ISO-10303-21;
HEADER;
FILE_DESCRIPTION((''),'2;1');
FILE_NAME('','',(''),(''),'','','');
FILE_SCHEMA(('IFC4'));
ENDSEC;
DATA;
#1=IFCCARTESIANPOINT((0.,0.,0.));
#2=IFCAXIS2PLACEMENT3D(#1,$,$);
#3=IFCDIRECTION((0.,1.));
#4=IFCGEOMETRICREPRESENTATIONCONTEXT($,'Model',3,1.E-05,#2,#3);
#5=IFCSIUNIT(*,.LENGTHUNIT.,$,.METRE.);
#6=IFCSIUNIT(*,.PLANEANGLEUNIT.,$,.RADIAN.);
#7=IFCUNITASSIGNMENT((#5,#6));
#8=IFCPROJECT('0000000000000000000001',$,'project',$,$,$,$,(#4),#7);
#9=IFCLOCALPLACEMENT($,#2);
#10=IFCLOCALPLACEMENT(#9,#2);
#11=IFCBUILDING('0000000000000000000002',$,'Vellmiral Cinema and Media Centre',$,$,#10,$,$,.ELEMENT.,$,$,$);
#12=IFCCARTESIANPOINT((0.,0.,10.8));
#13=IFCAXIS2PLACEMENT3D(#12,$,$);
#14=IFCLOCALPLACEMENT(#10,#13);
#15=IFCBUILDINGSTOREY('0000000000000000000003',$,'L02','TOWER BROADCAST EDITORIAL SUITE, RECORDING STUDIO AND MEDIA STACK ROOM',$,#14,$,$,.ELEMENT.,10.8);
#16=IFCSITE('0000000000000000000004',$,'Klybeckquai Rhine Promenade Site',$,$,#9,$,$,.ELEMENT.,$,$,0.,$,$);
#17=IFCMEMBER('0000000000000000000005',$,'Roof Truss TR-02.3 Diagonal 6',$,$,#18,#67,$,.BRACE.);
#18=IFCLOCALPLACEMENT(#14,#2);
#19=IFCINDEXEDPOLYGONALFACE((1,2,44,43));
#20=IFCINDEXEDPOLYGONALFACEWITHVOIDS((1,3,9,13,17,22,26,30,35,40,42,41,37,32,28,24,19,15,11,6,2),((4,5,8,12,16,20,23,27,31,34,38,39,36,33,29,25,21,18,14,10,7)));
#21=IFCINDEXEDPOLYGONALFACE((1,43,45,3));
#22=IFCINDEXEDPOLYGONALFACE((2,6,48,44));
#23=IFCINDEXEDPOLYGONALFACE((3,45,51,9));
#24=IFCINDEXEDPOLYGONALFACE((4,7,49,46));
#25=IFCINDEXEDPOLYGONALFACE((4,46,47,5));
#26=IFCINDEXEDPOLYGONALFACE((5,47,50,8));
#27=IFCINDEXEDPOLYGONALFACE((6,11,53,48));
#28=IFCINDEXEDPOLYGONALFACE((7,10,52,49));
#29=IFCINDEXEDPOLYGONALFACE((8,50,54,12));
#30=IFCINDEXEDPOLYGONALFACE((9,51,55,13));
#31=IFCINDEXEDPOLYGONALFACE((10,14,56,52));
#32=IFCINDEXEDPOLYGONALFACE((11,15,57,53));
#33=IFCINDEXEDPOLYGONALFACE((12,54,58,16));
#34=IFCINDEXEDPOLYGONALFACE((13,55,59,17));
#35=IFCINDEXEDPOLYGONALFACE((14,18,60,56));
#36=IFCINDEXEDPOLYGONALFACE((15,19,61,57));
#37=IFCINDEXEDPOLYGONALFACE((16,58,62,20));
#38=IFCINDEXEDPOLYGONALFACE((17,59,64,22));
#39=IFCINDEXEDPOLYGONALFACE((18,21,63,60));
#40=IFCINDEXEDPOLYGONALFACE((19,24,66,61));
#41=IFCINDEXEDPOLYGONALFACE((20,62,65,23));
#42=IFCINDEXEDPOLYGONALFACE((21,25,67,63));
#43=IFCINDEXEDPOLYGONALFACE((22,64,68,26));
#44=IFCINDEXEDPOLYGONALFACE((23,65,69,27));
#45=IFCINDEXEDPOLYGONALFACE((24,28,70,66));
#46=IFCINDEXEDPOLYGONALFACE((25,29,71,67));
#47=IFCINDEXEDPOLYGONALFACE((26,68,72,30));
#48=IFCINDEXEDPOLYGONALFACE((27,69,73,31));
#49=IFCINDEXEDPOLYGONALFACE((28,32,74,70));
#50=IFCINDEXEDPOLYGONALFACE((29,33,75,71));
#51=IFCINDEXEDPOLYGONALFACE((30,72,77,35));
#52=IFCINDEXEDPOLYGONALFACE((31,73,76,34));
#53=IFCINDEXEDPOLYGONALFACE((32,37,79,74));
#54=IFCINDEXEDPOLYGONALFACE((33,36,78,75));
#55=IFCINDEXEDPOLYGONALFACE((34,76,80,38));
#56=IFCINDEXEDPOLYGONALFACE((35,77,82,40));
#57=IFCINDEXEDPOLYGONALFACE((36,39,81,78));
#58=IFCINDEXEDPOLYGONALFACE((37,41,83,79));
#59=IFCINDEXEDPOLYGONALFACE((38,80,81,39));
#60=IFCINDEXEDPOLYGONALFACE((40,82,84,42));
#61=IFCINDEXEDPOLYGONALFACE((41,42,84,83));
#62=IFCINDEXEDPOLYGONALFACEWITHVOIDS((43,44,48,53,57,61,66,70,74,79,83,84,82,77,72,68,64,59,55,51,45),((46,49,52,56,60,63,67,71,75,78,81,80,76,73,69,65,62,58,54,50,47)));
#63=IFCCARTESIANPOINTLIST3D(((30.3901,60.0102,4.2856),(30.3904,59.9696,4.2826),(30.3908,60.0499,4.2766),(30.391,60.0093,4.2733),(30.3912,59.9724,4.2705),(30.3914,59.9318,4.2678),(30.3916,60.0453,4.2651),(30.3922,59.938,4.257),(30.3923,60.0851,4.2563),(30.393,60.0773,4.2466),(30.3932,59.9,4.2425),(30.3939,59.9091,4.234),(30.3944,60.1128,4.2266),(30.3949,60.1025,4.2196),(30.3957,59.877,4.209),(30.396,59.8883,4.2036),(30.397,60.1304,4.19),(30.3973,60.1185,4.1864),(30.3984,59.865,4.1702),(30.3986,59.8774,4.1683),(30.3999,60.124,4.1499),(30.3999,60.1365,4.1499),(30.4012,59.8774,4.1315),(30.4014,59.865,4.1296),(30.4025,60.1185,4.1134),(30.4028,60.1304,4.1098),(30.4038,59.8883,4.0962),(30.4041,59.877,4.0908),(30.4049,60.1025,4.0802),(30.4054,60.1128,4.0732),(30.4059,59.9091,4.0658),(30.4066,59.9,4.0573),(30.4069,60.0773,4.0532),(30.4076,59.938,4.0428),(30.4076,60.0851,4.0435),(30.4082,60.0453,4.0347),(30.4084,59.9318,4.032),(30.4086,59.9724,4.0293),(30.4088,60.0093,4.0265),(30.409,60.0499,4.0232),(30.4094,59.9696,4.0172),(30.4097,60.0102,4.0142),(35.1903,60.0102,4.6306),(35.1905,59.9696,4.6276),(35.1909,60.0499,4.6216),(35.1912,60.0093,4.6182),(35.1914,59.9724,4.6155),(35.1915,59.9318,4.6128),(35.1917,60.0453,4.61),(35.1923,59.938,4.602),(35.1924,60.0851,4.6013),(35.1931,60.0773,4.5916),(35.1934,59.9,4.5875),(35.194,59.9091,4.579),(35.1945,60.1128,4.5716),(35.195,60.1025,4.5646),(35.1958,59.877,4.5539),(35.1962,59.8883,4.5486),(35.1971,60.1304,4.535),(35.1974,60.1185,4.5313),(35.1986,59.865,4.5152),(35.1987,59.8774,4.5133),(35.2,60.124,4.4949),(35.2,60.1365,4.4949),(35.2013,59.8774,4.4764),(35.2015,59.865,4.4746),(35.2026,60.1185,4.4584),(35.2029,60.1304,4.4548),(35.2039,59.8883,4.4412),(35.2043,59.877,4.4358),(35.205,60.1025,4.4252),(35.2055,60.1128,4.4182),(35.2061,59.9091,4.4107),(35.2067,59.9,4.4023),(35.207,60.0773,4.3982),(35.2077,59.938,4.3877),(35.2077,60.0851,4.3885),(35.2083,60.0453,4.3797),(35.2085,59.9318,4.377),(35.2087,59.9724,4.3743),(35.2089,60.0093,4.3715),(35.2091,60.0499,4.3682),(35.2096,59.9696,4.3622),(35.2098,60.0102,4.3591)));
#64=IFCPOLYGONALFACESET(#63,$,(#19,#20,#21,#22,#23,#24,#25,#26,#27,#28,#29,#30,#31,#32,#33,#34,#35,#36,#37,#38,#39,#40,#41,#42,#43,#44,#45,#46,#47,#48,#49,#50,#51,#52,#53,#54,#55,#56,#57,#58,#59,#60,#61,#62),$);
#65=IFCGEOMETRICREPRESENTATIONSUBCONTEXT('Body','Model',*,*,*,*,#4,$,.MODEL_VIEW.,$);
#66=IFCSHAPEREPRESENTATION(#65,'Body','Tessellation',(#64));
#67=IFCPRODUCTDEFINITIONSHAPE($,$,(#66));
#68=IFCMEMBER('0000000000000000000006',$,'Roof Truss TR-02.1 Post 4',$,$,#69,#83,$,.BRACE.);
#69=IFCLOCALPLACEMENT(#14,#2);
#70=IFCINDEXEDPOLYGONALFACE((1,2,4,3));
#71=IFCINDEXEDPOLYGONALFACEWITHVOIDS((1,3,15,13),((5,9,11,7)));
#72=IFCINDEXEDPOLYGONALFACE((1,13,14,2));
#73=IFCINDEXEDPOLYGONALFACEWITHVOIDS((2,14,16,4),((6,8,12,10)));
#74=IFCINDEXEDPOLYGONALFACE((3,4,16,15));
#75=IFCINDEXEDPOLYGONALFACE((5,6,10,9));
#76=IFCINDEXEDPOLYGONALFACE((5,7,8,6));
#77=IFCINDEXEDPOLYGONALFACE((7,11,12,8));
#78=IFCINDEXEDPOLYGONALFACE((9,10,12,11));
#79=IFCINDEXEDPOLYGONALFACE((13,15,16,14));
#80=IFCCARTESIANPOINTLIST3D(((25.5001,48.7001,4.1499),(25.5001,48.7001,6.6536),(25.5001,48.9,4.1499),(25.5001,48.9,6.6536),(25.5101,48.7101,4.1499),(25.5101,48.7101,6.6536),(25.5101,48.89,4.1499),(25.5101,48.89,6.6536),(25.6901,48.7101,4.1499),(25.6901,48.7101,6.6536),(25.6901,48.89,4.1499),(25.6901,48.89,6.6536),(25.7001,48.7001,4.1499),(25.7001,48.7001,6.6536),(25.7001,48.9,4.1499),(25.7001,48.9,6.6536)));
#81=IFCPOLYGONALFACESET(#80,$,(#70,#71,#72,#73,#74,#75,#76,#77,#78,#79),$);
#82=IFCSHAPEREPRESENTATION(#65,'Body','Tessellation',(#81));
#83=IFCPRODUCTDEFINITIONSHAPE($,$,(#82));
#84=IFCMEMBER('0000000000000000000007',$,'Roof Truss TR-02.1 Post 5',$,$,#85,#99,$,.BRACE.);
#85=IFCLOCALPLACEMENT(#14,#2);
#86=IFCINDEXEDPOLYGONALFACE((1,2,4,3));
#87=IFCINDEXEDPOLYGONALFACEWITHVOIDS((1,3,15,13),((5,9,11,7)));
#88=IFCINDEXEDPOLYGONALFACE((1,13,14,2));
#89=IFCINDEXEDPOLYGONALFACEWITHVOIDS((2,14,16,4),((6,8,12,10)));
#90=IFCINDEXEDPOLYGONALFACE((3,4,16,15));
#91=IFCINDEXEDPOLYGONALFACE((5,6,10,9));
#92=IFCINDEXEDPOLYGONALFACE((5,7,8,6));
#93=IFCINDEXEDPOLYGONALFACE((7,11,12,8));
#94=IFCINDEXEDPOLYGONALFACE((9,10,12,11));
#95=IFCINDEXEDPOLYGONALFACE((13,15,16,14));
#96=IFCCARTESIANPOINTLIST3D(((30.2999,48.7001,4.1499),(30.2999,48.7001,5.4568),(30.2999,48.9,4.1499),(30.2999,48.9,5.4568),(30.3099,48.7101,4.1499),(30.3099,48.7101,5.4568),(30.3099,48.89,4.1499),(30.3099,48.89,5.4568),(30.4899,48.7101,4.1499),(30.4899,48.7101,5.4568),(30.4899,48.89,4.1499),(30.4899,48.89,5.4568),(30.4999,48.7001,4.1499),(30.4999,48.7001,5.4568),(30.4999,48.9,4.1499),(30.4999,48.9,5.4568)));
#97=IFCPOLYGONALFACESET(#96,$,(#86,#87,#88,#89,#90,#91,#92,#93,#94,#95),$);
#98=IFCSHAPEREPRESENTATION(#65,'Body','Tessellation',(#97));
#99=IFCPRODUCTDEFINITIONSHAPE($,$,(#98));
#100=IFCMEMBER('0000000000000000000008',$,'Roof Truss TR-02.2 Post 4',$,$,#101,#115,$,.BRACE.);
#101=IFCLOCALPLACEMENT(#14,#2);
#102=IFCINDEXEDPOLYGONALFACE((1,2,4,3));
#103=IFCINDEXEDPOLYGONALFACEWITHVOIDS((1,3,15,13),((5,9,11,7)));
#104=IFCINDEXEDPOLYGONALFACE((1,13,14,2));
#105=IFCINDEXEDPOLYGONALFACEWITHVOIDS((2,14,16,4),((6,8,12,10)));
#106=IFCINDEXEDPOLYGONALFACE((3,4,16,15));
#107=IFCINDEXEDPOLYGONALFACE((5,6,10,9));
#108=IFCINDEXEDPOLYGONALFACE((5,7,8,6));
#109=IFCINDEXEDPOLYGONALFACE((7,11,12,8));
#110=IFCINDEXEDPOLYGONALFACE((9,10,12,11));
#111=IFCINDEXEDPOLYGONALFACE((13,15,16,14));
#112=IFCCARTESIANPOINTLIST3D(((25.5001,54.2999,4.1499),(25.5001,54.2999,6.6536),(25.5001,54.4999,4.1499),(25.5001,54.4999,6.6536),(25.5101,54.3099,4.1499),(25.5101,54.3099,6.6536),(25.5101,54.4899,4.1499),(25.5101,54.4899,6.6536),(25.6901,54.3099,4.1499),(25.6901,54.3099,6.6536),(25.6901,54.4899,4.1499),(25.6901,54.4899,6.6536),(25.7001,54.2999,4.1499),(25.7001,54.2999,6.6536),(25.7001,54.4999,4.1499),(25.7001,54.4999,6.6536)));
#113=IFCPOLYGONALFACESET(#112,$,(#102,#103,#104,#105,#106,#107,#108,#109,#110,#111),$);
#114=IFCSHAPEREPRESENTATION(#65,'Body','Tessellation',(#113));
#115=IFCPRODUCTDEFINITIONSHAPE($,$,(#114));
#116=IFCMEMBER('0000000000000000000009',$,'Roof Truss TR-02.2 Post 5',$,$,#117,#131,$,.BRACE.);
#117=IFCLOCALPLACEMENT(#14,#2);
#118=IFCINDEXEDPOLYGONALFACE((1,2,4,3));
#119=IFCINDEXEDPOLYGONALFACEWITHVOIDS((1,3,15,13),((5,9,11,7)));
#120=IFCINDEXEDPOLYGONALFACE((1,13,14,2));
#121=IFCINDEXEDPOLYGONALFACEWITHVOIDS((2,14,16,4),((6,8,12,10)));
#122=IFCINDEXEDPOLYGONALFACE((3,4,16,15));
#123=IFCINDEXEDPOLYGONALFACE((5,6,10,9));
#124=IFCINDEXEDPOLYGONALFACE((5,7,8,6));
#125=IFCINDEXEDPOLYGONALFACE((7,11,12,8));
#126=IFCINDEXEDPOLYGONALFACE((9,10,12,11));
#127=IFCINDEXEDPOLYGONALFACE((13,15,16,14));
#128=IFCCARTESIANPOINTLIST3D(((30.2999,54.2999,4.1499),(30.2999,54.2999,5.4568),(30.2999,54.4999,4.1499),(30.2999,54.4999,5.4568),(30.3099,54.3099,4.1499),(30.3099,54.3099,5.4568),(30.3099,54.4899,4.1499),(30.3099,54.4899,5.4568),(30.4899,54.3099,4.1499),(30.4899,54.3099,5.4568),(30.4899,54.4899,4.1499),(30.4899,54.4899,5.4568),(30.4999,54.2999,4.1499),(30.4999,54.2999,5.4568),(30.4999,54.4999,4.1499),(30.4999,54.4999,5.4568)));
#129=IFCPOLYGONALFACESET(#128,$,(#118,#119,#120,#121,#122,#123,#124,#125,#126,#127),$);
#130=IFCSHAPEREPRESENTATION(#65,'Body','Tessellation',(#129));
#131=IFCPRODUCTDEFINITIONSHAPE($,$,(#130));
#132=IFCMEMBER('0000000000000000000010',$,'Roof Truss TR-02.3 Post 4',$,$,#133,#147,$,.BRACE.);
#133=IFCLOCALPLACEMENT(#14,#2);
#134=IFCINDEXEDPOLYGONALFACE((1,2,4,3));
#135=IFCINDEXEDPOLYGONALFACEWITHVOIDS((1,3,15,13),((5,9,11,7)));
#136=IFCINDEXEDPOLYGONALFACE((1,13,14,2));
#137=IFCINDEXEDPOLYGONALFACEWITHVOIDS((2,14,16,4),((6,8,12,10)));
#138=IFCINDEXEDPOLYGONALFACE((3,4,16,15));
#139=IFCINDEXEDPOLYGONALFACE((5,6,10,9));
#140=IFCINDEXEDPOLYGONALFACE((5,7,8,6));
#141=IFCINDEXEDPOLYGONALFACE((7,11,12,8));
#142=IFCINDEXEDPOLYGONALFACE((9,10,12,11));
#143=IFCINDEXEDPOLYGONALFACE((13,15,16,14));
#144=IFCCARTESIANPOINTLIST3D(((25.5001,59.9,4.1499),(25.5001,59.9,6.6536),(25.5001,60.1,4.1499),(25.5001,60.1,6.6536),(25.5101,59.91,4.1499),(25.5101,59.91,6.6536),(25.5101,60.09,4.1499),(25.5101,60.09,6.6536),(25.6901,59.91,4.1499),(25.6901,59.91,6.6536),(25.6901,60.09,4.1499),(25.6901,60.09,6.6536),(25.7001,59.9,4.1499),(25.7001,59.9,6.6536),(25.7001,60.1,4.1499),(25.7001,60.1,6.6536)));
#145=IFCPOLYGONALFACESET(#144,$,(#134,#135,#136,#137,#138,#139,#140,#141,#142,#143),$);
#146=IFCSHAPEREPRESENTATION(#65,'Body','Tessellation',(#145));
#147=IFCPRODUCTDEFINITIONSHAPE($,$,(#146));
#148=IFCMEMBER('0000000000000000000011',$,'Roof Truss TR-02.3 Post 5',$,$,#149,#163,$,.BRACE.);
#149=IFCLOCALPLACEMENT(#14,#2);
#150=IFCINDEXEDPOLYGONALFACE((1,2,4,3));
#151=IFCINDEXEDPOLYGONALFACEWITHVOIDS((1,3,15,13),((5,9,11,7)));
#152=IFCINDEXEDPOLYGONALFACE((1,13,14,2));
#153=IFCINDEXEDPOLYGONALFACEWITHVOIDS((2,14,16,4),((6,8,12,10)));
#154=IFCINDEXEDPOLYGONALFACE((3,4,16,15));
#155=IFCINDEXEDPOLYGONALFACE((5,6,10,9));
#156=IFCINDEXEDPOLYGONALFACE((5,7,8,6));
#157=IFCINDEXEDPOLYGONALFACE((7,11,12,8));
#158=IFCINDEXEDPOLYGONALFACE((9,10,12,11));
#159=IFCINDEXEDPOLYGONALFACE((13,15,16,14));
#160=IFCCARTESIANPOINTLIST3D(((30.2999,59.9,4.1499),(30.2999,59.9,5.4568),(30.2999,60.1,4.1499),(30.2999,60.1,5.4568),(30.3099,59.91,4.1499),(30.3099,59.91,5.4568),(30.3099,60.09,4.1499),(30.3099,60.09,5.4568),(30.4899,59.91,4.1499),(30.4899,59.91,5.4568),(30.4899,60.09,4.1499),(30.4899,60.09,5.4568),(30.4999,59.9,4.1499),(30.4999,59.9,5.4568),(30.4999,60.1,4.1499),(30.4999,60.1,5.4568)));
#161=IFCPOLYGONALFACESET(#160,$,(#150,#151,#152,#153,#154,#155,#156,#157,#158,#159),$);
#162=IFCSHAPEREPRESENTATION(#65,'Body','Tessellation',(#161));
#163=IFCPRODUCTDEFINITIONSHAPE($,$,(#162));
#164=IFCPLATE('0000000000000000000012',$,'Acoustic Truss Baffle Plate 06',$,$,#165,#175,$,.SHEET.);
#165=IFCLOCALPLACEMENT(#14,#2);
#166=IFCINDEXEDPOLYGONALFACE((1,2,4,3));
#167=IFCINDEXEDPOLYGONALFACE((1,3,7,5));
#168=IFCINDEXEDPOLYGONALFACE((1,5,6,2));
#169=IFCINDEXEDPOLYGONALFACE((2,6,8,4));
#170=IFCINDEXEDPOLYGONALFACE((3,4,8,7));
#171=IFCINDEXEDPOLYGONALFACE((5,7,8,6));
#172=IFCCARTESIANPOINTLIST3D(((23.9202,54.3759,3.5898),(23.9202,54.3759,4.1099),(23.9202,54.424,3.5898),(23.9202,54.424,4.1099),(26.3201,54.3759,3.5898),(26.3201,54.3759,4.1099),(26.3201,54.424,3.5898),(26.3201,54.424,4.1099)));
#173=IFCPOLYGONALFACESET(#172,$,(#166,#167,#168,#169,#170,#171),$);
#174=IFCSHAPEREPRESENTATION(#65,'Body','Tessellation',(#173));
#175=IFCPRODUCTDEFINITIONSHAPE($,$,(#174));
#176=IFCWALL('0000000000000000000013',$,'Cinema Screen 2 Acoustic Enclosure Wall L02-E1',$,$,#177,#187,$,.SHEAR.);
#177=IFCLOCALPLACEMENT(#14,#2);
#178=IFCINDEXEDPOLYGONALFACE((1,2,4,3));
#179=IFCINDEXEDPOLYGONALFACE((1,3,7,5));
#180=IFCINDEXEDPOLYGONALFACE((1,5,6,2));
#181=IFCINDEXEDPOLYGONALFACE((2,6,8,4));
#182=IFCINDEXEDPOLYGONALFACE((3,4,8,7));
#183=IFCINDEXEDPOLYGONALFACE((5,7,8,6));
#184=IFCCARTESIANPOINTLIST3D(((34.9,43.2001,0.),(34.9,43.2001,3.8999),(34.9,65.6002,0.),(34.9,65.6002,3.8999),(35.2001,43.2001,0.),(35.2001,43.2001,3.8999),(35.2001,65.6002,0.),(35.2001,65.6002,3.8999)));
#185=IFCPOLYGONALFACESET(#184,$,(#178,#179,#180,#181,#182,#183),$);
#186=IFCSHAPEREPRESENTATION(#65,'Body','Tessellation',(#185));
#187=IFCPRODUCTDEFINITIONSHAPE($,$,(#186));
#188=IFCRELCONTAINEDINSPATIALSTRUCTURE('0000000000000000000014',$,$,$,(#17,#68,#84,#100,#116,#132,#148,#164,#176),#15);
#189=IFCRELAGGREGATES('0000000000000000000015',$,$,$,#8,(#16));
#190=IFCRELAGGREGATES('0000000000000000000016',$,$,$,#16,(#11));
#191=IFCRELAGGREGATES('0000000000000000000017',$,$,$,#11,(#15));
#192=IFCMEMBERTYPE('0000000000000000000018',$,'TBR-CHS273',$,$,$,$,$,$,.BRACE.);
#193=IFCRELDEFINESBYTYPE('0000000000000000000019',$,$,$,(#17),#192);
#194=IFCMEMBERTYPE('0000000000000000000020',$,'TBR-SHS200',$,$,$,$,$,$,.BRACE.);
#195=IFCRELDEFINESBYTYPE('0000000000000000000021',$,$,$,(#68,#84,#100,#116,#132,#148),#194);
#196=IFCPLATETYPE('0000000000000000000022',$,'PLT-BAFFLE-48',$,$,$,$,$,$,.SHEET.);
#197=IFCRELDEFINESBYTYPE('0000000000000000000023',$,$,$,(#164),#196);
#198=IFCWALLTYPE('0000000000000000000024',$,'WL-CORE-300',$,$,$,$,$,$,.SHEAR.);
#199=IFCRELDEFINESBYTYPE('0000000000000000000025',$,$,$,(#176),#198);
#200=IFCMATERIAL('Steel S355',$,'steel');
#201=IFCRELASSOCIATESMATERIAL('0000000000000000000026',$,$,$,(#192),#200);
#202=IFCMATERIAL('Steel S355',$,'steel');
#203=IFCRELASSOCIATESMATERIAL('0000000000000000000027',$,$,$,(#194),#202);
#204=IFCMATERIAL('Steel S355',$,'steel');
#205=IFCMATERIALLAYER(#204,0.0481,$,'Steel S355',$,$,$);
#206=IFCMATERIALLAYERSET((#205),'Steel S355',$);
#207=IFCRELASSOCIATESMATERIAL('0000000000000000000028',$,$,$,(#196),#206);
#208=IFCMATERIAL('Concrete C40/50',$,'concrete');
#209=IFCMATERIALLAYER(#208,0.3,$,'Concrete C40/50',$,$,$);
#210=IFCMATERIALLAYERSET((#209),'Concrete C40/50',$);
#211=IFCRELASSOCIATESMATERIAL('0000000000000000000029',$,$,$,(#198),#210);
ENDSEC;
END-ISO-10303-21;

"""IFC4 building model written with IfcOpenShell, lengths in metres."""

from ifc_helpers import new_model, si_unit, direction, frame, frame_2d, origin, origin_2d, place, context, subcontext, project, spatial, rectangle, hollow_rectangle, hollow_circle, extrude, material, layer, layer_set, material_profile, profile_set, type_object, element, save


model = new_model("IFC4")

# Units and contexts
model_context = context("Model", 3, precision=1e-05, world=origin(), true_north=direction((0.0, 1.0)))
body_context = subcontext(model_context, "Body", "Model", "MODEL_VIEW")
ifc_project = project(units=[si_unit("LENGTHUNIT", "METRE"), si_unit("PLANEANGLEUNIT", "RADIAN")], contexts=[model_context])

# Site, building, storey
site_placement = place(None, origin())
site = spatial("IfcSite", under=ifc_project, at=site_placement, Name="Klybeckquai Rhine Promenade Site", CompositionType="ELEMENT", RefElevation=0.0)
building_placement = place(site_placement, origin())
building = spatial("IfcBuilding", under=site, at=building_placement, Name="Vellmiral Cinema and Media Centre", CompositionType="ELEMENT")
storey_placement = place(building_placement, frame((0.0, 0.0, 10.8)))
storey = spatial("IfcBuildingStorey", under=building, at=storey_placement, Name="L02", Description="TOWER BROADCAST EDITORIAL SUITE, RECORDING STUDIO AND MEDIA STACK ROOM", CompositionType="ELEMENT", Elevation=10.8)

# Members
ifc_material_1 = material(Name="Steel S355", Category="steel")
ifc_material_profile_1 = material_profile(ifc_material_1, hollow_circle(Radius=0.1365, WallThickness=0.0125, at=origin_2d()), Name="CHS 273.0x12.5")
ifc_profile_set_1 = profile_set([ifc_material_profile_1], Name="Steel S355")
member_type_1 = type_object("IfcMemberType", Name="TBR-CHS273", PredefinedType="BRACE", material=ifc_profile_set_1)
member_1_placement = place(storey_placement, frame((30.3999, 60.0, 4.1499), z_axis=(0.997427, 0.0, 0.071683), x_axis=(0.0, 1.0, 0.0)))
element("IfcMember", 1, at=member_1_placement, inside=storey, type_object=member_type_1, Name="Roof Truss TR-02.3 Diagonal 6", PredefinedType="BRACE", context=body_context, shape_type="SweptSolid", body=[
    extrude(hollow_circle(Radius=0.1365, WallThickness=0.0125, at=origin_2d()), origin(), (0.0, 0.0, 1.0), 4.8125),
])
ifc_material_2 = material(Name="Steel S355", Category="steel")
ifc_material_profile_2 = material_profile(ifc_material_2, hollow_rectangle(XDim=0.2, YDim=0.2, WallThickness=0.01, at=origin_2d()), Name="SHS 200x200x10.0")
ifc_profile_set_2 = profile_set([ifc_material_profile_2], Name="Steel S355")
member_type_2 = type_object("IfcMemberType", Name="TBR-SHS200", PredefinedType="BRACE", material=ifc_profile_set_2)
member_2_placement = place(storey_placement, frame((25.6001, 48.8, 4.1499), z_axis=(0.0, 0.0, 1.0), x_axis=(1.0, 0.0, 0.0)))
element("IfcMember", 2, at=member_2_placement, inside=storey, type_object=member_type_2, Name="Roof Truss TR-02.1 Post 4", PredefinedType="BRACE", context=body_context, shape_type="SweptSolid", body=[
    extrude(hollow_rectangle(XDim=0.2, YDim=0.2, WallThickness=0.01, at=origin_2d()), origin(), (0.0, 0.0, 1.0), 2.5037),
])
member_3_placement = place(storey_placement, frame((30.3999, 48.8, 4.1499), z_axis=(0.0, 0.0, 1.0), x_axis=(1.0, 0.0, 0.0)))
element("IfcMember", 3, at=member_3_placement, inside=storey, type_object=member_type_2, Name="Roof Truss TR-02.1 Post 5", PredefinedType="BRACE", context=body_context, shape_type="SweptSolid", body=[
    extrude(hollow_rectangle(XDim=0.2, YDim=0.2, WallThickness=0.01, at=origin_2d()), origin(), (0.0, 0.0, 1.0), 1.3069),
])
member_4_placement = place(storey_placement, frame((25.6001, 54.3999, 4.1499), z_axis=(0.0, 0.0, 1.0), x_axis=(1.0, 0.0, 0.0)))
element("IfcMember", 4, at=member_4_placement, inside=storey, type_object=member_type_2, Name="Roof Truss TR-02.2 Post 4", PredefinedType="BRACE", context=body_context, shape_type="SweptSolid", body=[
    extrude(hollow_rectangle(XDim=0.2, YDim=0.2, WallThickness=0.01, at=origin_2d()), origin(), (0.0, 0.0, 1.0), 2.5037),
])
member_5_placement = place(storey_placement, frame((30.3999, 54.3999, 4.1499), z_axis=(0.0, 0.0, 1.0), x_axis=(1.0, 0.0, 0.0)))
element("IfcMember", 5, at=member_5_placement, inside=storey, type_object=member_type_2, Name="Roof Truss TR-02.2 Post 5", PredefinedType="BRACE", context=body_context, shape_type="SweptSolid", body=[
    extrude(hollow_rectangle(XDim=0.2, YDim=0.2, WallThickness=0.01, at=origin_2d()), origin(), (0.0, 0.0, 1.0), 1.3069),
])
member_6_placement = place(storey_placement, frame((25.6001, 60.0, 4.1499), z_axis=(0.0, 0.0, 1.0), x_axis=(1.0, 0.0, 0.0)))
element("IfcMember", 6, at=member_6_placement, inside=storey, type_object=member_type_2, Name="Roof Truss TR-02.3 Post 4", PredefinedType="BRACE", context=body_context, shape_type="SweptSolid", body=[
    extrude(hollow_rectangle(XDim=0.2, YDim=0.2, WallThickness=0.01, at=origin_2d()), origin(), (0.0, 0.0, 1.0), 2.5037),
])
member_7_placement = place(storey_placement, frame((30.3999, 60.0, 4.1499), z_axis=(0.0, 0.0, 1.0), x_axis=(1.0, 0.0, 0.0)))
element("IfcMember", 7, at=member_7_placement, inside=storey, type_object=member_type_2, Name="Roof Truss TR-02.3 Post 5", PredefinedType="BRACE", context=body_context, shape_type="SweptSolid", body=[
    extrude(hollow_rectangle(XDim=0.2, YDim=0.2, WallThickness=0.01, at=origin_2d()), origin(), (0.0, 0.0, 1.0), 1.3069),
])

# Plate
ifc_material_3 = material(Name="Steel S355", Category="steel")
ifc_layer_1 = layer(ifc_material_3, 0.0481, Name="Steel S355")
ifc_layer_set_1 = layer_set([ifc_layer_1], Name="Steel S355")
plate_type = type_object("IfcPlateType", Name="PLT-BAFFLE-48", PredefinedType="SHEET", material=ifc_layer_set_1)
plate_placement = place(storey_placement, frame((25.1201, 54.3999, 3.5898), z_axis=(0.0, 0.0, 1.0), x_axis=(1.0, 0.0, 0.0)))
element("IfcPlate", 8, at=plate_placement, inside=storey, type_object=plate_type, Name="Acoustic Truss Baffle Plate 06", PredefinedType="SHEET", context=body_context, shape_type="SweptSolid", body=[
    extrude(rectangle(XDim=2.3999, YDim=0.0481, at=origin_2d()), origin(), (0.0, 0.0, 1.0), 0.52),
])

# Wall
ifc_material_4 = material(Name="Concrete C40/50", Category="concrete")
ifc_layer_2 = layer(ifc_material_4, 0.3, Name="Concrete C40/50")
ifc_layer_set_2 = layer_set([ifc_layer_2], Name="Concrete C40/50")
wall_type_1 = type_object("IfcWallType", Name="WL-CORE-300", PredefinedType="SHEAR", material=ifc_layer_set_2)
wall_1_placement = place(storey_placement, frame((35.05, 43.2, 0.0), z_axis=(0.0, 0.0, 1.0), x_axis=(0.0, 1.0, 0.0)))
element("IfcWall", 9, at=wall_1_placement, inside=storey, type_object=wall_type_1, Name="Cinema Screen 2 Acoustic Enclosure Wall L02-E1", PredefinedType="SHEAR", context=body_context, shape_type="SweptSolid", body=[
    extrude(rectangle(XDim=22.4001, YDim=0.3, at=frame_2d((11.2002, 0.0))), origin(), (0.0, 0.0, 1.0), 3.8999),
])

save(model, "model.ifc")
